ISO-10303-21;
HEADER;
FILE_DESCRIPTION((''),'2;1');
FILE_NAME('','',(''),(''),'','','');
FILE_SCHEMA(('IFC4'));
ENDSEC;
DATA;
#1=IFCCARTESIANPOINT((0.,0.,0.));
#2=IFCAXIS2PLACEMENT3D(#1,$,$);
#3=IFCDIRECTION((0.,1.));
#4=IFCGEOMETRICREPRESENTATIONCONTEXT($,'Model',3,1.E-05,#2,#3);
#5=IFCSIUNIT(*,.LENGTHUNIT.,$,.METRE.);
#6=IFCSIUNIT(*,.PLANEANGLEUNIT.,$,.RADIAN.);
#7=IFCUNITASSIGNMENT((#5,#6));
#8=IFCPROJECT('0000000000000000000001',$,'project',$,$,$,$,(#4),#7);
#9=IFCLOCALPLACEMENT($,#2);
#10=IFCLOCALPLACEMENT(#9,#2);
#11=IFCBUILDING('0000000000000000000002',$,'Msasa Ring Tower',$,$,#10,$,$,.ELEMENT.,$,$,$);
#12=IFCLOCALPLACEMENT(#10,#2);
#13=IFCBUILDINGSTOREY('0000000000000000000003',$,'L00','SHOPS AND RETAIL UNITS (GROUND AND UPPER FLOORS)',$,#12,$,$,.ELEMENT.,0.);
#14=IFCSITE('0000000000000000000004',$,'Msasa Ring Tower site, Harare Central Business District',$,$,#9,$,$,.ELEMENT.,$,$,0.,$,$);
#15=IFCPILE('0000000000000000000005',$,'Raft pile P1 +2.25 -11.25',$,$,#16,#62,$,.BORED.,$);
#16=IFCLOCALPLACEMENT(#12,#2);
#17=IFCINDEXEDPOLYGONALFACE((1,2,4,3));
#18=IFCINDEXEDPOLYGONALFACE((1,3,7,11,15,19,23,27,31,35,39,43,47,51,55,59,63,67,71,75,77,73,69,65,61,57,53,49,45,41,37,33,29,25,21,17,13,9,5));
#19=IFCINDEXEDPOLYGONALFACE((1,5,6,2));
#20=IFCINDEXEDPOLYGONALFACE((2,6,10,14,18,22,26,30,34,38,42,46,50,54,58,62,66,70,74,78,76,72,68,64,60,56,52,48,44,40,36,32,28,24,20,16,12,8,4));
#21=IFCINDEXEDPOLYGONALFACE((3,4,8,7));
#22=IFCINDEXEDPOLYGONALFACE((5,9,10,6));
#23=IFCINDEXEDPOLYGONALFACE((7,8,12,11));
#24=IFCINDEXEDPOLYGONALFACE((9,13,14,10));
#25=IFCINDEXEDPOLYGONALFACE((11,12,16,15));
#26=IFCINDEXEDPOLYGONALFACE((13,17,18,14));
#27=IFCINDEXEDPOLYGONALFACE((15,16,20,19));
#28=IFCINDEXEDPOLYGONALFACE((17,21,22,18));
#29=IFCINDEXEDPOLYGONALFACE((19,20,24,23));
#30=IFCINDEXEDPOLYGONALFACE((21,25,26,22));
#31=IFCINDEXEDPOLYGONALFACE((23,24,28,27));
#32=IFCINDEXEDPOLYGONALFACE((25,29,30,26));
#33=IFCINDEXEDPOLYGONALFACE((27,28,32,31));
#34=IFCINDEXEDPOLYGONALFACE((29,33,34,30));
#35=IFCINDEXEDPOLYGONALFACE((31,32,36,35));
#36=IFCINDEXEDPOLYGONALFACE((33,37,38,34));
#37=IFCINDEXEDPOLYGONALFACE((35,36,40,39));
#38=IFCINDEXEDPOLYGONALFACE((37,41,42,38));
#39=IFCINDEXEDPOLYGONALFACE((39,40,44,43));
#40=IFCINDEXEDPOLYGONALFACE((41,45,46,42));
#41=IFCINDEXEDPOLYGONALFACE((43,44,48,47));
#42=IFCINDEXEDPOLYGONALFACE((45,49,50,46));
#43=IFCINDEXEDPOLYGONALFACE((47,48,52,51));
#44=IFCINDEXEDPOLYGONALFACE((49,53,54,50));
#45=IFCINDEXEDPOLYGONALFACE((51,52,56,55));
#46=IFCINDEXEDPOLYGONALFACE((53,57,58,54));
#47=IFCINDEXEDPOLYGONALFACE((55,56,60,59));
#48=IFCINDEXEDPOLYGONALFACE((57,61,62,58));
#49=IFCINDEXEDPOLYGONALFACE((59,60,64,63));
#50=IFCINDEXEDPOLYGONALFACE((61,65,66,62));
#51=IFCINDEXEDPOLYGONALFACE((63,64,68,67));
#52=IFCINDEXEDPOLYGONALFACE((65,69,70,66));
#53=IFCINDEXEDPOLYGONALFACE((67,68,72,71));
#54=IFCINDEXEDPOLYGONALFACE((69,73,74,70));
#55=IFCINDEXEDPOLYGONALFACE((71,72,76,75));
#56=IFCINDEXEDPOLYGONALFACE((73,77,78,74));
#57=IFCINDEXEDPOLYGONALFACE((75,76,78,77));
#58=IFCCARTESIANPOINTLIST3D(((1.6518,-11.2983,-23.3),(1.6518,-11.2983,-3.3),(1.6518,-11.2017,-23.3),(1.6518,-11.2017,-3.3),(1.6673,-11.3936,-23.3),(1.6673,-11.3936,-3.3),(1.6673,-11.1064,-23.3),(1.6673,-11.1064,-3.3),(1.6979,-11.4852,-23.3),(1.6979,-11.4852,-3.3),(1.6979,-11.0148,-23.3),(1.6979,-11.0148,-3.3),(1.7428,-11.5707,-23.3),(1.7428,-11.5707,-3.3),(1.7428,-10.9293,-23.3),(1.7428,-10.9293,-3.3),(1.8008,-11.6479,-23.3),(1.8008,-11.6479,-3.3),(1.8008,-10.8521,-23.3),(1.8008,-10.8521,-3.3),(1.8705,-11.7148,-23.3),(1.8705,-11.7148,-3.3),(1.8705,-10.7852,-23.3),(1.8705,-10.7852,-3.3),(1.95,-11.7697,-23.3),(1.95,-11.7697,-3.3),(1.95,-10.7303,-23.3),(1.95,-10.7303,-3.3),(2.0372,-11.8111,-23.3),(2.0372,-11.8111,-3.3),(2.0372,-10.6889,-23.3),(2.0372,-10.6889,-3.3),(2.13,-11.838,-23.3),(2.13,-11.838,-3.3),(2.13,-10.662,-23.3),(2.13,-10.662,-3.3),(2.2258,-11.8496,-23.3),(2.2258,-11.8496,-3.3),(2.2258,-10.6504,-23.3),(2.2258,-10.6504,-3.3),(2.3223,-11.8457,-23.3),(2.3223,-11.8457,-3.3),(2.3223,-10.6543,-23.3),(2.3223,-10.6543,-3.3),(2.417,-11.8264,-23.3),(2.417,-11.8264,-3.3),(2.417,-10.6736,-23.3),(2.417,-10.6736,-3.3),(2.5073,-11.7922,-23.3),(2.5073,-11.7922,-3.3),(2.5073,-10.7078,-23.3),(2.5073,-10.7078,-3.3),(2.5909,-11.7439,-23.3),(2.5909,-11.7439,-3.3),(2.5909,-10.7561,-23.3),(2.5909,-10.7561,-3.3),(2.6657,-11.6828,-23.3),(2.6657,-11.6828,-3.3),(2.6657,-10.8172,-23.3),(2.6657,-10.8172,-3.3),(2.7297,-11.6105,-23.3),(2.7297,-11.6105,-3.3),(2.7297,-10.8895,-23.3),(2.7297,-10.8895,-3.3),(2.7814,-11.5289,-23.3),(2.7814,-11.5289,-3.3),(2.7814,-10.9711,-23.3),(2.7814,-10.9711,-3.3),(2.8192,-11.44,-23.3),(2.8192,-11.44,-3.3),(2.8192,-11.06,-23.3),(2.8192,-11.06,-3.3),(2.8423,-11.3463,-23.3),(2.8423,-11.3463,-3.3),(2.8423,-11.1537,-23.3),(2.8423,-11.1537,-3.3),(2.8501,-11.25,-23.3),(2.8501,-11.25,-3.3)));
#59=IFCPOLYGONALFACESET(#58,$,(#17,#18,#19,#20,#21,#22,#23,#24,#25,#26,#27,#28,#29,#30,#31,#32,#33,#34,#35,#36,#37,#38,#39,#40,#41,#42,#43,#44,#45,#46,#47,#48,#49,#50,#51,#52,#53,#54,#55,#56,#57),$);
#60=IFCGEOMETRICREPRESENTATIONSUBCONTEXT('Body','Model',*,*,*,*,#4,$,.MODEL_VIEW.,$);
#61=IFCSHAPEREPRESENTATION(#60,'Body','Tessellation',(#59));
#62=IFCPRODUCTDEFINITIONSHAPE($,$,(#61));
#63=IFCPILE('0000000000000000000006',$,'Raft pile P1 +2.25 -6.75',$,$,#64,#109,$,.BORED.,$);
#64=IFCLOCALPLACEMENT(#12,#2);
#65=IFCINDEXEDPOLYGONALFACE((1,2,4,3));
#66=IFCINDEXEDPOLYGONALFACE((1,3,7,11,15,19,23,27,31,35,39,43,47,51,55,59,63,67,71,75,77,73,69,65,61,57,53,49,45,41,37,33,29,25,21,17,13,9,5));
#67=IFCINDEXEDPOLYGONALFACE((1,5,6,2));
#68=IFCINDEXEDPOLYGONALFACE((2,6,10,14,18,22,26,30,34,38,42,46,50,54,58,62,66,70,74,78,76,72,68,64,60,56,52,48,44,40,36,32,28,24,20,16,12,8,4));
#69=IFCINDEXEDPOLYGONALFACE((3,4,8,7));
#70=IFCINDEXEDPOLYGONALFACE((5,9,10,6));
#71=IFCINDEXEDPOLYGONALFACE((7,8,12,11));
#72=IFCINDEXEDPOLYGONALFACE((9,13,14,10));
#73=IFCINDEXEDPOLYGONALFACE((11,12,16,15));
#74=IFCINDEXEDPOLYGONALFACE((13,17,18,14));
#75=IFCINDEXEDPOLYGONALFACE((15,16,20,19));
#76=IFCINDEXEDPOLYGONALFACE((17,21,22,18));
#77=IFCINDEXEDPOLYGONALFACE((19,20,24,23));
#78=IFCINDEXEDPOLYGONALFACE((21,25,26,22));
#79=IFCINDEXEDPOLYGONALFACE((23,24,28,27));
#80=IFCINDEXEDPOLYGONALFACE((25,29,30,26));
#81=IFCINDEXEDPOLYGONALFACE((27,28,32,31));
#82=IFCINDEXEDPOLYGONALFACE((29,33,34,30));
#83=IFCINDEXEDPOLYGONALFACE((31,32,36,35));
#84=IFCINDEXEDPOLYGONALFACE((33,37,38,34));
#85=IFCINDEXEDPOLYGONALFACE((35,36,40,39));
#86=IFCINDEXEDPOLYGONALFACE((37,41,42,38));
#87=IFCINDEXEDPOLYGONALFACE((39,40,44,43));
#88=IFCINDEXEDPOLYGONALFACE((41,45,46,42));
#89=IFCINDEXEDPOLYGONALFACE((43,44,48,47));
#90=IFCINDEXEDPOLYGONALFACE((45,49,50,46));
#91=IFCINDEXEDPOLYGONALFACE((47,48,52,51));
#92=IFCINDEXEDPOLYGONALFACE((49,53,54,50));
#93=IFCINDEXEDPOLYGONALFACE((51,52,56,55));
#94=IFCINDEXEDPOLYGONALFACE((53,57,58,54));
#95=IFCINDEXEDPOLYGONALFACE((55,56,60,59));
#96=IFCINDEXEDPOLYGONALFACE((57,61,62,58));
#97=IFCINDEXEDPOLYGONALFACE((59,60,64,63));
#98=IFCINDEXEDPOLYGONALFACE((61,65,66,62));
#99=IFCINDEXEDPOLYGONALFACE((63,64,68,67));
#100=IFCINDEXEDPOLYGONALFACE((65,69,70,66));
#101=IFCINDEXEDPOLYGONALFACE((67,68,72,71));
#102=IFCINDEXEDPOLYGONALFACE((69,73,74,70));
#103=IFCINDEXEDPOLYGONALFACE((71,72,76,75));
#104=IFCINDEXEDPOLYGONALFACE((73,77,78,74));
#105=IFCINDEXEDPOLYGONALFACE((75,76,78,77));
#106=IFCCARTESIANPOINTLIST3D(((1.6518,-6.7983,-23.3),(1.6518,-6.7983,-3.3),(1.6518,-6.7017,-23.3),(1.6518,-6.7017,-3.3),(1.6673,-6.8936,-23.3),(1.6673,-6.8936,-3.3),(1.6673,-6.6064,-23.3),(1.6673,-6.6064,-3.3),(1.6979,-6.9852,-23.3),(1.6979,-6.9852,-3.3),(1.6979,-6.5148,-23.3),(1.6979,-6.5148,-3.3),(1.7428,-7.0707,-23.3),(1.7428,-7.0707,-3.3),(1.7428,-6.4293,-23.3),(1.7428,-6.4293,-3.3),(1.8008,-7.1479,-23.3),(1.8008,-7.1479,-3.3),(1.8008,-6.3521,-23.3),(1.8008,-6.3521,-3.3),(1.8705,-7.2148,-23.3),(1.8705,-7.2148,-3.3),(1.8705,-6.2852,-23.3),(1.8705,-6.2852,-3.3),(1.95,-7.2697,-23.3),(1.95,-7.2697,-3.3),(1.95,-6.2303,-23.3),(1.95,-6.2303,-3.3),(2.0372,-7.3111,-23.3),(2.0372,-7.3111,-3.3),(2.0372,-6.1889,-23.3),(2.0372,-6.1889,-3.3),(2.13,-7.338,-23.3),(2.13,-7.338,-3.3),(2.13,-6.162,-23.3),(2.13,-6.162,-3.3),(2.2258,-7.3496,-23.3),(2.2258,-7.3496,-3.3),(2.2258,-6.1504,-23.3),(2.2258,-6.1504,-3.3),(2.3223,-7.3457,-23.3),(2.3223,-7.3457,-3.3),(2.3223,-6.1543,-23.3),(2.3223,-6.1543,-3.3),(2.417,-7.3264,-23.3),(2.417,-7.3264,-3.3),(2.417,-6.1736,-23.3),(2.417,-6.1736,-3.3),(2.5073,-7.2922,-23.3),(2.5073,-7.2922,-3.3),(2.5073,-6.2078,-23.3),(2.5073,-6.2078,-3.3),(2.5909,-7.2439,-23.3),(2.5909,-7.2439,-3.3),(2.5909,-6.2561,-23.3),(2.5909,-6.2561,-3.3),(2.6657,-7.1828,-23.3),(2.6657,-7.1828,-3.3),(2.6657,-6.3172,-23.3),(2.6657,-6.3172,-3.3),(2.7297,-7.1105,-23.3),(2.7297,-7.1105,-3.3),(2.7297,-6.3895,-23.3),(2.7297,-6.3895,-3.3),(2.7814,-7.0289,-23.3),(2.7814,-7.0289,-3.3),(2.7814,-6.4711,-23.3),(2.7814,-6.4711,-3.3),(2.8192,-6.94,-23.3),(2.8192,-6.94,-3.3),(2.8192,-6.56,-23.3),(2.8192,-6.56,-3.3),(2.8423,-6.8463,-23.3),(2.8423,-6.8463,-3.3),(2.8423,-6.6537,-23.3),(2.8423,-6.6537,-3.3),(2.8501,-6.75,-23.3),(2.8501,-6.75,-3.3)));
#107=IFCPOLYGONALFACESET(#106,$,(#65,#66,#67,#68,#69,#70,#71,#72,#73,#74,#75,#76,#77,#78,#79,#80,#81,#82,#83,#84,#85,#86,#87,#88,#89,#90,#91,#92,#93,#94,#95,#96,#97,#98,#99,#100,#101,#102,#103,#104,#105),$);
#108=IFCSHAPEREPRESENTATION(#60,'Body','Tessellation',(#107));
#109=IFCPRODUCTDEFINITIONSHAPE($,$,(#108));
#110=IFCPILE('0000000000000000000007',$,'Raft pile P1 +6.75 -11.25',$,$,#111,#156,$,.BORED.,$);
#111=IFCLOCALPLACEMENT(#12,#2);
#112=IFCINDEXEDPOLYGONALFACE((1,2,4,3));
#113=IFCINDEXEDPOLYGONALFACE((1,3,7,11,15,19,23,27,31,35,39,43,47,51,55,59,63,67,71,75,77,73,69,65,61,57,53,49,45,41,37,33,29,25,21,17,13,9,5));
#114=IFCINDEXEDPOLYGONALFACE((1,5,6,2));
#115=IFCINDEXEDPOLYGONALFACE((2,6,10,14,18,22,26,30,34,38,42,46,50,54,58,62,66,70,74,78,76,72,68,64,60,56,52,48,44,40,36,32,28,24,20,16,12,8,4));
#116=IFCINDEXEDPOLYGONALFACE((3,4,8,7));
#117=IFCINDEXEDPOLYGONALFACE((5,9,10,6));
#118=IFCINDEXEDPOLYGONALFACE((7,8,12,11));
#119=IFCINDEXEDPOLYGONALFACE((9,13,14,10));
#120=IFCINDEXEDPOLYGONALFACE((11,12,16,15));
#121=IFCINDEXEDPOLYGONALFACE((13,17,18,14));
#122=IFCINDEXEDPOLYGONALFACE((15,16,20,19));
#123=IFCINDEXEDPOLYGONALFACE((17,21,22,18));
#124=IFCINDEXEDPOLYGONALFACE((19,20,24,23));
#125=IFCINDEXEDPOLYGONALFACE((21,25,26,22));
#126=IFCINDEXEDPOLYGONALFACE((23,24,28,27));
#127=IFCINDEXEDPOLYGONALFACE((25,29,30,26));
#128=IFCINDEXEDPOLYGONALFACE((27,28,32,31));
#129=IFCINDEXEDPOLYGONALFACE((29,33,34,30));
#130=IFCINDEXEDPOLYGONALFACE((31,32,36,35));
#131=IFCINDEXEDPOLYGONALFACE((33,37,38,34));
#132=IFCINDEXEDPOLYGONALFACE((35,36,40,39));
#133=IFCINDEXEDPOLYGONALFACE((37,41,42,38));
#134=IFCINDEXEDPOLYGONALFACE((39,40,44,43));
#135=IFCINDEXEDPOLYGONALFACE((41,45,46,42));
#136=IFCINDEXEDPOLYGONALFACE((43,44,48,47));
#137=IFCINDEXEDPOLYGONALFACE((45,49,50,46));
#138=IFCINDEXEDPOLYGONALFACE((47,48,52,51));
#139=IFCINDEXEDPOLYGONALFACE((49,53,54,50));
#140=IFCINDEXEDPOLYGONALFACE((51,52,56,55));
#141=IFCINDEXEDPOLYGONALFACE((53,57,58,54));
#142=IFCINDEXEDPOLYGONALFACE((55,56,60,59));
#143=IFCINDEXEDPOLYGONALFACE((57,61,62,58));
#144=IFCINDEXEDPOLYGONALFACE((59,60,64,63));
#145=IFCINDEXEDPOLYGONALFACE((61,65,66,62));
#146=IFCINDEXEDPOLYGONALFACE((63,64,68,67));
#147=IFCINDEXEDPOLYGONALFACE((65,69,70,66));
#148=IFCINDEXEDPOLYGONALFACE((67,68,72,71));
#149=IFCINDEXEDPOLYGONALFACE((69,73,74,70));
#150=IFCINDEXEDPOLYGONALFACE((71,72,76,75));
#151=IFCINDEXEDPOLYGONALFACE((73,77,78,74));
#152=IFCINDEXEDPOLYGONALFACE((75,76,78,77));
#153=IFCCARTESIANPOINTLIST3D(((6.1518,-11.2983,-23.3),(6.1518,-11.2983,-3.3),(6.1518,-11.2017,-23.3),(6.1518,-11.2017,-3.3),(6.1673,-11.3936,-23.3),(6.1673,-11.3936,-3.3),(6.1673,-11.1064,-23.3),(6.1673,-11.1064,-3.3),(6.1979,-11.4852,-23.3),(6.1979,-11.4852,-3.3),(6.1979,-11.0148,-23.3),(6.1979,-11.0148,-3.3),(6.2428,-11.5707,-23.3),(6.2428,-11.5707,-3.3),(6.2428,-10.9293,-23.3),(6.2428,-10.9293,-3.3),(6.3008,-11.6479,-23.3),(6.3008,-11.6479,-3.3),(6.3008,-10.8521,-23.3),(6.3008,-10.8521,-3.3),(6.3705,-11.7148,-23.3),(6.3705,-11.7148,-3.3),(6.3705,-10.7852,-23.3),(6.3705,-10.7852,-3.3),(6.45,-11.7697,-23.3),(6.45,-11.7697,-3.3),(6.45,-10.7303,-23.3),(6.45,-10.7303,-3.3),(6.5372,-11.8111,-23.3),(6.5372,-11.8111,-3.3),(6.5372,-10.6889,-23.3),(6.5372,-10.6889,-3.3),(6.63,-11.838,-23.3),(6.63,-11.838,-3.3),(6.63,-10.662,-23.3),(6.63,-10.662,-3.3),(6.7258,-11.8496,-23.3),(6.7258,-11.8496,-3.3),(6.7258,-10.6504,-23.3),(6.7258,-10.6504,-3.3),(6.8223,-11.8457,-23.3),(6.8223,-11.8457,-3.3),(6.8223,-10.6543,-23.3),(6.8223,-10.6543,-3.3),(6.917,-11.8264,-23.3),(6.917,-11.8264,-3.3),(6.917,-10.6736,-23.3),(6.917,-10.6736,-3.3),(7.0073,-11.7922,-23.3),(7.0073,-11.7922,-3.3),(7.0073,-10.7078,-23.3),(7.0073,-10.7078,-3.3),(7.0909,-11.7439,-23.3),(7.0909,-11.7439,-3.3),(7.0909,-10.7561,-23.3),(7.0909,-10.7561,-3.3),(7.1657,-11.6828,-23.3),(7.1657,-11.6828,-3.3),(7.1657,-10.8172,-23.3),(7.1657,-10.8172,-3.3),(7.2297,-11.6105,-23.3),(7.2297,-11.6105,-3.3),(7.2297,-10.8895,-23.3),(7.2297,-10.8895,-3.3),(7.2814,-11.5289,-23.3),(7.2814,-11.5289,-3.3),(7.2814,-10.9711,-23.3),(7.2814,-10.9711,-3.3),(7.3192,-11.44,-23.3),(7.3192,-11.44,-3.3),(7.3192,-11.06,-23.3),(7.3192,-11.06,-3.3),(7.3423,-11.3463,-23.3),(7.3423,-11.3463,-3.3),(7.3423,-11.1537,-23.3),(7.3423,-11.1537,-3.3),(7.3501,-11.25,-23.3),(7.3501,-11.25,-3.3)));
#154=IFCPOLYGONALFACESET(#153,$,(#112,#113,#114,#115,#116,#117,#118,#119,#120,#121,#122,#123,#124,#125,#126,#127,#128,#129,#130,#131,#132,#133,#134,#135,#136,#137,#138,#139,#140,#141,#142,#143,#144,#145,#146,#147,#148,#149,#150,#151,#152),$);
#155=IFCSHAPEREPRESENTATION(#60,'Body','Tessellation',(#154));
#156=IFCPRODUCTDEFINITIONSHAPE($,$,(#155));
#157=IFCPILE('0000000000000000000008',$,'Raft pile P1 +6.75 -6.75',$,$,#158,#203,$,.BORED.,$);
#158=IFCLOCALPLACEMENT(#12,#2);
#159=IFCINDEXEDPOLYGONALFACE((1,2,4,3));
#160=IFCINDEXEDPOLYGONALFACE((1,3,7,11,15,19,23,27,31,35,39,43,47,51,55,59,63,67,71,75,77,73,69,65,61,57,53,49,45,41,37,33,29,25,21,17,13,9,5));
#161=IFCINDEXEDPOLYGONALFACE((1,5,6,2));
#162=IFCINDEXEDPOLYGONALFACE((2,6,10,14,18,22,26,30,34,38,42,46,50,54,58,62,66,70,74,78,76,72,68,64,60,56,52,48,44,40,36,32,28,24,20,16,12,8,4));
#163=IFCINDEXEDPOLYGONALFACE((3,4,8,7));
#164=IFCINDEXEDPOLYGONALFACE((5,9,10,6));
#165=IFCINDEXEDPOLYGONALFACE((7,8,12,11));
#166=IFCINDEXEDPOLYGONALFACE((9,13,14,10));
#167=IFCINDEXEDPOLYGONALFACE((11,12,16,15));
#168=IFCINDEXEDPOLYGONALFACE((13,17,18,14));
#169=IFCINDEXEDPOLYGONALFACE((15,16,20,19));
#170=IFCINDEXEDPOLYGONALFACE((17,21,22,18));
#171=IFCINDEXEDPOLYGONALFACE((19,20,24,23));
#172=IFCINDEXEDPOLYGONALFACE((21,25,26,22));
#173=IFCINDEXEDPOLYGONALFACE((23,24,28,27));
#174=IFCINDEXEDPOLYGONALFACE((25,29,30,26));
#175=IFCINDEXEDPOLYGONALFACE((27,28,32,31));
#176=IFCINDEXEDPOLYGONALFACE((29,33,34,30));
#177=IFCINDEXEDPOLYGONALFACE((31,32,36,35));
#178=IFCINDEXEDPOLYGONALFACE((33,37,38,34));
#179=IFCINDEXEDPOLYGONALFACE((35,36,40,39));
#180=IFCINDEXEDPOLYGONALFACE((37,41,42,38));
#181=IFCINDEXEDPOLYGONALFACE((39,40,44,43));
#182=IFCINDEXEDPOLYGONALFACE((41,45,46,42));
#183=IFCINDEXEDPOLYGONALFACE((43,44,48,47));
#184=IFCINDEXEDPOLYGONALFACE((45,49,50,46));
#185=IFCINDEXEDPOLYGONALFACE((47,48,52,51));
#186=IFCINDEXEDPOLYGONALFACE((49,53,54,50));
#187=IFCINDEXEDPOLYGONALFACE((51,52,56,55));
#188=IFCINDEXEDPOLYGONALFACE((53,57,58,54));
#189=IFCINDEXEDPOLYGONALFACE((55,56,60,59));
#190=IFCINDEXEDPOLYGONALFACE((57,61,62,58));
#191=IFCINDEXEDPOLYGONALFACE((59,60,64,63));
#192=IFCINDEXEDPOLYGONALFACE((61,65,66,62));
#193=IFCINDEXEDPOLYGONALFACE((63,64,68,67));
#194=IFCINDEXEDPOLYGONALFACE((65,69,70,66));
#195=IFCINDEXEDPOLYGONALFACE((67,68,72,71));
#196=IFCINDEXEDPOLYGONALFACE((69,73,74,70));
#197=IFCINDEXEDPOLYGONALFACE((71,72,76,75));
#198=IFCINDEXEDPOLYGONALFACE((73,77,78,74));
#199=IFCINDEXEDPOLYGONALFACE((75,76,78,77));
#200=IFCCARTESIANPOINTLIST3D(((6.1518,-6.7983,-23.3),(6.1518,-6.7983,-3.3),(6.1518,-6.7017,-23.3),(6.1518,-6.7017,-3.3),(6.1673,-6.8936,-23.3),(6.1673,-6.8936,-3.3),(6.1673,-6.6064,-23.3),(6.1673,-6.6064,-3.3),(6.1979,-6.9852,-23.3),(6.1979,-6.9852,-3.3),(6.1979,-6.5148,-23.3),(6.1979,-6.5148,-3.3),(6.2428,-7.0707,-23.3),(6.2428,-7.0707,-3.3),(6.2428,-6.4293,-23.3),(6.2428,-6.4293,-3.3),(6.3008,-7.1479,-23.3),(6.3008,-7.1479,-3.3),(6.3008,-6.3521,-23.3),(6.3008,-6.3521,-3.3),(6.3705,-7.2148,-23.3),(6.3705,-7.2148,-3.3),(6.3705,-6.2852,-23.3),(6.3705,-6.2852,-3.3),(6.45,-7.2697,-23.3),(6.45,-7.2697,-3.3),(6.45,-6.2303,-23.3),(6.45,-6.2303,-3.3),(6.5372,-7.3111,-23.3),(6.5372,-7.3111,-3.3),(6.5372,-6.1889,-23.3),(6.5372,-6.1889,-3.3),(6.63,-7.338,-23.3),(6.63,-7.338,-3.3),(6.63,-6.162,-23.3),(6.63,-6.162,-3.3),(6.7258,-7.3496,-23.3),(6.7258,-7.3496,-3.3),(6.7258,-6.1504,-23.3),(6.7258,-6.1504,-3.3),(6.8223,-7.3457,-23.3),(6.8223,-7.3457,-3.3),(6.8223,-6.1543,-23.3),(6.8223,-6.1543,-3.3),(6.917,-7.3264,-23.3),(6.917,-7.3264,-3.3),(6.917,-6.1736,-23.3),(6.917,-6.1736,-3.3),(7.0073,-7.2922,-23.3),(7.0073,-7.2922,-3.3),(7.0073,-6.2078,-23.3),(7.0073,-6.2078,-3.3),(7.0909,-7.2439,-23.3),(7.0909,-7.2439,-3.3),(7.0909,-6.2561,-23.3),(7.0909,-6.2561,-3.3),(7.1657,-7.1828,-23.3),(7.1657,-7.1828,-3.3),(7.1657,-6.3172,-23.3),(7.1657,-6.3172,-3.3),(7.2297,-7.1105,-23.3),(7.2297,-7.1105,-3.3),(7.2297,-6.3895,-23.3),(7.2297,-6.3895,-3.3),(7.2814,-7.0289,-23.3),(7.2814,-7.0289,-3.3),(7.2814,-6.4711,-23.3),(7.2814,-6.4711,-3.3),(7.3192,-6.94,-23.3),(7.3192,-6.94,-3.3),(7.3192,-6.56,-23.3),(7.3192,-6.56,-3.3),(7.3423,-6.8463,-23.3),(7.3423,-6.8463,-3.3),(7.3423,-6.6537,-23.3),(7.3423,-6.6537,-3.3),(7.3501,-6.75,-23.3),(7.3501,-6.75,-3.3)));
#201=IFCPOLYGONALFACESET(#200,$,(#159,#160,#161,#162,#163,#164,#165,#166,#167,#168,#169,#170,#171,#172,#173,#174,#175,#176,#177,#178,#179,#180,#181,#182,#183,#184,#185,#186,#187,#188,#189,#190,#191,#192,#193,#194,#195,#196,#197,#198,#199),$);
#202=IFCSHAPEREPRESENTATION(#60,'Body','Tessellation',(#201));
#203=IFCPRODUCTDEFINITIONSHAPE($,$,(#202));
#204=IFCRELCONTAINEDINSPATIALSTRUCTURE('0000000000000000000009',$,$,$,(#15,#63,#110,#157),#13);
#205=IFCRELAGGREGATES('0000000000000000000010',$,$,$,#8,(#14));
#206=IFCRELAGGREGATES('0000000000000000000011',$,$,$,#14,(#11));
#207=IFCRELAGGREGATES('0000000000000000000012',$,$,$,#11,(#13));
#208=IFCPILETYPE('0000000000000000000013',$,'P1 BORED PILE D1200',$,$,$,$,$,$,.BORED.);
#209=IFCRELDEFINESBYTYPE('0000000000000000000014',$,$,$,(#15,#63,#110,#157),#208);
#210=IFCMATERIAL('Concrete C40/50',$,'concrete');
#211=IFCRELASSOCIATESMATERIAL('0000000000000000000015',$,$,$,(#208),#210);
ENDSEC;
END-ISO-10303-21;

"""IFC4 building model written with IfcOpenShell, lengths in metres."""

from ifc_helpers import new_model, si_unit, direction, frame, origin, origin_2d, place, context, subcontext, project, spatial, circle, extrude, material, material_profile, profile_set, type_object, element, save


model = new_model("IFC4")

# Units and contexts
model_context = context("Model", 3, precision=1e-05, world=origin(), true_north=direction((0.0, 1.0)))
body_context = subcontext(model_context, "Body", "Model", "MODEL_VIEW")
ifc_project = project(units=[si_unit("LENGTHUNIT", "METRE"), si_unit("PLANEANGLEUNIT", "RADIAN")], contexts=[model_context])

# Site, building, storey
site_placement = place(None, origin())
site = spatial("IfcSite", under=ifc_project, at=site_placement, Name="Msasa Ring Tower site, Harare Central Business District", CompositionType="ELEMENT", RefElevation=0.0)
building_placement = place(site_placement, origin())
building = spatial("IfcBuilding", under=site, at=building_placement, Name="Msasa Ring Tower", CompositionType="ELEMENT")
storey_placement = place(building_placement, origin())
storey = spatial("IfcBuildingStorey", under=building, at=storey_placement, Name="L00", Description="SHOPS AND RETAIL UNITS (GROUND AND UPPER FLOORS)", CompositionType="ELEMENT", Elevation=0.0)

# Piles
ifc_material_1 = material(Name="Concrete C40/50", Category="concrete")
ifc_material_profile_1 = material_profile(ifc_material_1, circle(Radius=0.6001, at=origin_2d()), Name="D1200")
ifc_profile_set_1 = profile_set([ifc_material_profile_1], Name="Concrete C40/50")
pile_type = type_object("IfcPileType", Name="P1 BORED PILE D1200", PredefinedType="BORED", material=ifc_profile_set_1)
for number, where, z_axis, x_axis, name in (
    (1, (2.25, -11.25, -3.3), (0.0, 0.0, -1.0), (1.0, 0.0, 0.0), "Raft pile P1 +2.25 -11.25"),
    (2, (2.25, -6.75, -3.3), (0.0, 0.0, -1.0), (1.0, 0.0, 0.0), "Raft pile P1 +2.25 -6.75"),
    (3, (6.75, -11.25, -3.3), (0.0, 0.0, -1.0), (1.0, 0.0, 0.0), "Raft pile P1 +6.75 -11.25"),
    (4, (6.75, -6.75, -3.3), (0.0, 0.0, -1.0), (1.0, 0.0, 0.0), "Raft pile P1 +6.75 -6.75"),
):
    element("IfcPile", number, at=place(storey_placement, frame(where, z_axis=z_axis, x_axis=x_axis)), inside=storey, type_object=pile_type, Name=name, PredefinedType="BORED", context=body_context, shape_type="SweptSolid", body=[
        extrude(circle(Radius=0.6001, at=origin_2d()), origin(), (0.0, 0.0, 1.0), 20.0),
    ])

save(model, "model.ifc")
